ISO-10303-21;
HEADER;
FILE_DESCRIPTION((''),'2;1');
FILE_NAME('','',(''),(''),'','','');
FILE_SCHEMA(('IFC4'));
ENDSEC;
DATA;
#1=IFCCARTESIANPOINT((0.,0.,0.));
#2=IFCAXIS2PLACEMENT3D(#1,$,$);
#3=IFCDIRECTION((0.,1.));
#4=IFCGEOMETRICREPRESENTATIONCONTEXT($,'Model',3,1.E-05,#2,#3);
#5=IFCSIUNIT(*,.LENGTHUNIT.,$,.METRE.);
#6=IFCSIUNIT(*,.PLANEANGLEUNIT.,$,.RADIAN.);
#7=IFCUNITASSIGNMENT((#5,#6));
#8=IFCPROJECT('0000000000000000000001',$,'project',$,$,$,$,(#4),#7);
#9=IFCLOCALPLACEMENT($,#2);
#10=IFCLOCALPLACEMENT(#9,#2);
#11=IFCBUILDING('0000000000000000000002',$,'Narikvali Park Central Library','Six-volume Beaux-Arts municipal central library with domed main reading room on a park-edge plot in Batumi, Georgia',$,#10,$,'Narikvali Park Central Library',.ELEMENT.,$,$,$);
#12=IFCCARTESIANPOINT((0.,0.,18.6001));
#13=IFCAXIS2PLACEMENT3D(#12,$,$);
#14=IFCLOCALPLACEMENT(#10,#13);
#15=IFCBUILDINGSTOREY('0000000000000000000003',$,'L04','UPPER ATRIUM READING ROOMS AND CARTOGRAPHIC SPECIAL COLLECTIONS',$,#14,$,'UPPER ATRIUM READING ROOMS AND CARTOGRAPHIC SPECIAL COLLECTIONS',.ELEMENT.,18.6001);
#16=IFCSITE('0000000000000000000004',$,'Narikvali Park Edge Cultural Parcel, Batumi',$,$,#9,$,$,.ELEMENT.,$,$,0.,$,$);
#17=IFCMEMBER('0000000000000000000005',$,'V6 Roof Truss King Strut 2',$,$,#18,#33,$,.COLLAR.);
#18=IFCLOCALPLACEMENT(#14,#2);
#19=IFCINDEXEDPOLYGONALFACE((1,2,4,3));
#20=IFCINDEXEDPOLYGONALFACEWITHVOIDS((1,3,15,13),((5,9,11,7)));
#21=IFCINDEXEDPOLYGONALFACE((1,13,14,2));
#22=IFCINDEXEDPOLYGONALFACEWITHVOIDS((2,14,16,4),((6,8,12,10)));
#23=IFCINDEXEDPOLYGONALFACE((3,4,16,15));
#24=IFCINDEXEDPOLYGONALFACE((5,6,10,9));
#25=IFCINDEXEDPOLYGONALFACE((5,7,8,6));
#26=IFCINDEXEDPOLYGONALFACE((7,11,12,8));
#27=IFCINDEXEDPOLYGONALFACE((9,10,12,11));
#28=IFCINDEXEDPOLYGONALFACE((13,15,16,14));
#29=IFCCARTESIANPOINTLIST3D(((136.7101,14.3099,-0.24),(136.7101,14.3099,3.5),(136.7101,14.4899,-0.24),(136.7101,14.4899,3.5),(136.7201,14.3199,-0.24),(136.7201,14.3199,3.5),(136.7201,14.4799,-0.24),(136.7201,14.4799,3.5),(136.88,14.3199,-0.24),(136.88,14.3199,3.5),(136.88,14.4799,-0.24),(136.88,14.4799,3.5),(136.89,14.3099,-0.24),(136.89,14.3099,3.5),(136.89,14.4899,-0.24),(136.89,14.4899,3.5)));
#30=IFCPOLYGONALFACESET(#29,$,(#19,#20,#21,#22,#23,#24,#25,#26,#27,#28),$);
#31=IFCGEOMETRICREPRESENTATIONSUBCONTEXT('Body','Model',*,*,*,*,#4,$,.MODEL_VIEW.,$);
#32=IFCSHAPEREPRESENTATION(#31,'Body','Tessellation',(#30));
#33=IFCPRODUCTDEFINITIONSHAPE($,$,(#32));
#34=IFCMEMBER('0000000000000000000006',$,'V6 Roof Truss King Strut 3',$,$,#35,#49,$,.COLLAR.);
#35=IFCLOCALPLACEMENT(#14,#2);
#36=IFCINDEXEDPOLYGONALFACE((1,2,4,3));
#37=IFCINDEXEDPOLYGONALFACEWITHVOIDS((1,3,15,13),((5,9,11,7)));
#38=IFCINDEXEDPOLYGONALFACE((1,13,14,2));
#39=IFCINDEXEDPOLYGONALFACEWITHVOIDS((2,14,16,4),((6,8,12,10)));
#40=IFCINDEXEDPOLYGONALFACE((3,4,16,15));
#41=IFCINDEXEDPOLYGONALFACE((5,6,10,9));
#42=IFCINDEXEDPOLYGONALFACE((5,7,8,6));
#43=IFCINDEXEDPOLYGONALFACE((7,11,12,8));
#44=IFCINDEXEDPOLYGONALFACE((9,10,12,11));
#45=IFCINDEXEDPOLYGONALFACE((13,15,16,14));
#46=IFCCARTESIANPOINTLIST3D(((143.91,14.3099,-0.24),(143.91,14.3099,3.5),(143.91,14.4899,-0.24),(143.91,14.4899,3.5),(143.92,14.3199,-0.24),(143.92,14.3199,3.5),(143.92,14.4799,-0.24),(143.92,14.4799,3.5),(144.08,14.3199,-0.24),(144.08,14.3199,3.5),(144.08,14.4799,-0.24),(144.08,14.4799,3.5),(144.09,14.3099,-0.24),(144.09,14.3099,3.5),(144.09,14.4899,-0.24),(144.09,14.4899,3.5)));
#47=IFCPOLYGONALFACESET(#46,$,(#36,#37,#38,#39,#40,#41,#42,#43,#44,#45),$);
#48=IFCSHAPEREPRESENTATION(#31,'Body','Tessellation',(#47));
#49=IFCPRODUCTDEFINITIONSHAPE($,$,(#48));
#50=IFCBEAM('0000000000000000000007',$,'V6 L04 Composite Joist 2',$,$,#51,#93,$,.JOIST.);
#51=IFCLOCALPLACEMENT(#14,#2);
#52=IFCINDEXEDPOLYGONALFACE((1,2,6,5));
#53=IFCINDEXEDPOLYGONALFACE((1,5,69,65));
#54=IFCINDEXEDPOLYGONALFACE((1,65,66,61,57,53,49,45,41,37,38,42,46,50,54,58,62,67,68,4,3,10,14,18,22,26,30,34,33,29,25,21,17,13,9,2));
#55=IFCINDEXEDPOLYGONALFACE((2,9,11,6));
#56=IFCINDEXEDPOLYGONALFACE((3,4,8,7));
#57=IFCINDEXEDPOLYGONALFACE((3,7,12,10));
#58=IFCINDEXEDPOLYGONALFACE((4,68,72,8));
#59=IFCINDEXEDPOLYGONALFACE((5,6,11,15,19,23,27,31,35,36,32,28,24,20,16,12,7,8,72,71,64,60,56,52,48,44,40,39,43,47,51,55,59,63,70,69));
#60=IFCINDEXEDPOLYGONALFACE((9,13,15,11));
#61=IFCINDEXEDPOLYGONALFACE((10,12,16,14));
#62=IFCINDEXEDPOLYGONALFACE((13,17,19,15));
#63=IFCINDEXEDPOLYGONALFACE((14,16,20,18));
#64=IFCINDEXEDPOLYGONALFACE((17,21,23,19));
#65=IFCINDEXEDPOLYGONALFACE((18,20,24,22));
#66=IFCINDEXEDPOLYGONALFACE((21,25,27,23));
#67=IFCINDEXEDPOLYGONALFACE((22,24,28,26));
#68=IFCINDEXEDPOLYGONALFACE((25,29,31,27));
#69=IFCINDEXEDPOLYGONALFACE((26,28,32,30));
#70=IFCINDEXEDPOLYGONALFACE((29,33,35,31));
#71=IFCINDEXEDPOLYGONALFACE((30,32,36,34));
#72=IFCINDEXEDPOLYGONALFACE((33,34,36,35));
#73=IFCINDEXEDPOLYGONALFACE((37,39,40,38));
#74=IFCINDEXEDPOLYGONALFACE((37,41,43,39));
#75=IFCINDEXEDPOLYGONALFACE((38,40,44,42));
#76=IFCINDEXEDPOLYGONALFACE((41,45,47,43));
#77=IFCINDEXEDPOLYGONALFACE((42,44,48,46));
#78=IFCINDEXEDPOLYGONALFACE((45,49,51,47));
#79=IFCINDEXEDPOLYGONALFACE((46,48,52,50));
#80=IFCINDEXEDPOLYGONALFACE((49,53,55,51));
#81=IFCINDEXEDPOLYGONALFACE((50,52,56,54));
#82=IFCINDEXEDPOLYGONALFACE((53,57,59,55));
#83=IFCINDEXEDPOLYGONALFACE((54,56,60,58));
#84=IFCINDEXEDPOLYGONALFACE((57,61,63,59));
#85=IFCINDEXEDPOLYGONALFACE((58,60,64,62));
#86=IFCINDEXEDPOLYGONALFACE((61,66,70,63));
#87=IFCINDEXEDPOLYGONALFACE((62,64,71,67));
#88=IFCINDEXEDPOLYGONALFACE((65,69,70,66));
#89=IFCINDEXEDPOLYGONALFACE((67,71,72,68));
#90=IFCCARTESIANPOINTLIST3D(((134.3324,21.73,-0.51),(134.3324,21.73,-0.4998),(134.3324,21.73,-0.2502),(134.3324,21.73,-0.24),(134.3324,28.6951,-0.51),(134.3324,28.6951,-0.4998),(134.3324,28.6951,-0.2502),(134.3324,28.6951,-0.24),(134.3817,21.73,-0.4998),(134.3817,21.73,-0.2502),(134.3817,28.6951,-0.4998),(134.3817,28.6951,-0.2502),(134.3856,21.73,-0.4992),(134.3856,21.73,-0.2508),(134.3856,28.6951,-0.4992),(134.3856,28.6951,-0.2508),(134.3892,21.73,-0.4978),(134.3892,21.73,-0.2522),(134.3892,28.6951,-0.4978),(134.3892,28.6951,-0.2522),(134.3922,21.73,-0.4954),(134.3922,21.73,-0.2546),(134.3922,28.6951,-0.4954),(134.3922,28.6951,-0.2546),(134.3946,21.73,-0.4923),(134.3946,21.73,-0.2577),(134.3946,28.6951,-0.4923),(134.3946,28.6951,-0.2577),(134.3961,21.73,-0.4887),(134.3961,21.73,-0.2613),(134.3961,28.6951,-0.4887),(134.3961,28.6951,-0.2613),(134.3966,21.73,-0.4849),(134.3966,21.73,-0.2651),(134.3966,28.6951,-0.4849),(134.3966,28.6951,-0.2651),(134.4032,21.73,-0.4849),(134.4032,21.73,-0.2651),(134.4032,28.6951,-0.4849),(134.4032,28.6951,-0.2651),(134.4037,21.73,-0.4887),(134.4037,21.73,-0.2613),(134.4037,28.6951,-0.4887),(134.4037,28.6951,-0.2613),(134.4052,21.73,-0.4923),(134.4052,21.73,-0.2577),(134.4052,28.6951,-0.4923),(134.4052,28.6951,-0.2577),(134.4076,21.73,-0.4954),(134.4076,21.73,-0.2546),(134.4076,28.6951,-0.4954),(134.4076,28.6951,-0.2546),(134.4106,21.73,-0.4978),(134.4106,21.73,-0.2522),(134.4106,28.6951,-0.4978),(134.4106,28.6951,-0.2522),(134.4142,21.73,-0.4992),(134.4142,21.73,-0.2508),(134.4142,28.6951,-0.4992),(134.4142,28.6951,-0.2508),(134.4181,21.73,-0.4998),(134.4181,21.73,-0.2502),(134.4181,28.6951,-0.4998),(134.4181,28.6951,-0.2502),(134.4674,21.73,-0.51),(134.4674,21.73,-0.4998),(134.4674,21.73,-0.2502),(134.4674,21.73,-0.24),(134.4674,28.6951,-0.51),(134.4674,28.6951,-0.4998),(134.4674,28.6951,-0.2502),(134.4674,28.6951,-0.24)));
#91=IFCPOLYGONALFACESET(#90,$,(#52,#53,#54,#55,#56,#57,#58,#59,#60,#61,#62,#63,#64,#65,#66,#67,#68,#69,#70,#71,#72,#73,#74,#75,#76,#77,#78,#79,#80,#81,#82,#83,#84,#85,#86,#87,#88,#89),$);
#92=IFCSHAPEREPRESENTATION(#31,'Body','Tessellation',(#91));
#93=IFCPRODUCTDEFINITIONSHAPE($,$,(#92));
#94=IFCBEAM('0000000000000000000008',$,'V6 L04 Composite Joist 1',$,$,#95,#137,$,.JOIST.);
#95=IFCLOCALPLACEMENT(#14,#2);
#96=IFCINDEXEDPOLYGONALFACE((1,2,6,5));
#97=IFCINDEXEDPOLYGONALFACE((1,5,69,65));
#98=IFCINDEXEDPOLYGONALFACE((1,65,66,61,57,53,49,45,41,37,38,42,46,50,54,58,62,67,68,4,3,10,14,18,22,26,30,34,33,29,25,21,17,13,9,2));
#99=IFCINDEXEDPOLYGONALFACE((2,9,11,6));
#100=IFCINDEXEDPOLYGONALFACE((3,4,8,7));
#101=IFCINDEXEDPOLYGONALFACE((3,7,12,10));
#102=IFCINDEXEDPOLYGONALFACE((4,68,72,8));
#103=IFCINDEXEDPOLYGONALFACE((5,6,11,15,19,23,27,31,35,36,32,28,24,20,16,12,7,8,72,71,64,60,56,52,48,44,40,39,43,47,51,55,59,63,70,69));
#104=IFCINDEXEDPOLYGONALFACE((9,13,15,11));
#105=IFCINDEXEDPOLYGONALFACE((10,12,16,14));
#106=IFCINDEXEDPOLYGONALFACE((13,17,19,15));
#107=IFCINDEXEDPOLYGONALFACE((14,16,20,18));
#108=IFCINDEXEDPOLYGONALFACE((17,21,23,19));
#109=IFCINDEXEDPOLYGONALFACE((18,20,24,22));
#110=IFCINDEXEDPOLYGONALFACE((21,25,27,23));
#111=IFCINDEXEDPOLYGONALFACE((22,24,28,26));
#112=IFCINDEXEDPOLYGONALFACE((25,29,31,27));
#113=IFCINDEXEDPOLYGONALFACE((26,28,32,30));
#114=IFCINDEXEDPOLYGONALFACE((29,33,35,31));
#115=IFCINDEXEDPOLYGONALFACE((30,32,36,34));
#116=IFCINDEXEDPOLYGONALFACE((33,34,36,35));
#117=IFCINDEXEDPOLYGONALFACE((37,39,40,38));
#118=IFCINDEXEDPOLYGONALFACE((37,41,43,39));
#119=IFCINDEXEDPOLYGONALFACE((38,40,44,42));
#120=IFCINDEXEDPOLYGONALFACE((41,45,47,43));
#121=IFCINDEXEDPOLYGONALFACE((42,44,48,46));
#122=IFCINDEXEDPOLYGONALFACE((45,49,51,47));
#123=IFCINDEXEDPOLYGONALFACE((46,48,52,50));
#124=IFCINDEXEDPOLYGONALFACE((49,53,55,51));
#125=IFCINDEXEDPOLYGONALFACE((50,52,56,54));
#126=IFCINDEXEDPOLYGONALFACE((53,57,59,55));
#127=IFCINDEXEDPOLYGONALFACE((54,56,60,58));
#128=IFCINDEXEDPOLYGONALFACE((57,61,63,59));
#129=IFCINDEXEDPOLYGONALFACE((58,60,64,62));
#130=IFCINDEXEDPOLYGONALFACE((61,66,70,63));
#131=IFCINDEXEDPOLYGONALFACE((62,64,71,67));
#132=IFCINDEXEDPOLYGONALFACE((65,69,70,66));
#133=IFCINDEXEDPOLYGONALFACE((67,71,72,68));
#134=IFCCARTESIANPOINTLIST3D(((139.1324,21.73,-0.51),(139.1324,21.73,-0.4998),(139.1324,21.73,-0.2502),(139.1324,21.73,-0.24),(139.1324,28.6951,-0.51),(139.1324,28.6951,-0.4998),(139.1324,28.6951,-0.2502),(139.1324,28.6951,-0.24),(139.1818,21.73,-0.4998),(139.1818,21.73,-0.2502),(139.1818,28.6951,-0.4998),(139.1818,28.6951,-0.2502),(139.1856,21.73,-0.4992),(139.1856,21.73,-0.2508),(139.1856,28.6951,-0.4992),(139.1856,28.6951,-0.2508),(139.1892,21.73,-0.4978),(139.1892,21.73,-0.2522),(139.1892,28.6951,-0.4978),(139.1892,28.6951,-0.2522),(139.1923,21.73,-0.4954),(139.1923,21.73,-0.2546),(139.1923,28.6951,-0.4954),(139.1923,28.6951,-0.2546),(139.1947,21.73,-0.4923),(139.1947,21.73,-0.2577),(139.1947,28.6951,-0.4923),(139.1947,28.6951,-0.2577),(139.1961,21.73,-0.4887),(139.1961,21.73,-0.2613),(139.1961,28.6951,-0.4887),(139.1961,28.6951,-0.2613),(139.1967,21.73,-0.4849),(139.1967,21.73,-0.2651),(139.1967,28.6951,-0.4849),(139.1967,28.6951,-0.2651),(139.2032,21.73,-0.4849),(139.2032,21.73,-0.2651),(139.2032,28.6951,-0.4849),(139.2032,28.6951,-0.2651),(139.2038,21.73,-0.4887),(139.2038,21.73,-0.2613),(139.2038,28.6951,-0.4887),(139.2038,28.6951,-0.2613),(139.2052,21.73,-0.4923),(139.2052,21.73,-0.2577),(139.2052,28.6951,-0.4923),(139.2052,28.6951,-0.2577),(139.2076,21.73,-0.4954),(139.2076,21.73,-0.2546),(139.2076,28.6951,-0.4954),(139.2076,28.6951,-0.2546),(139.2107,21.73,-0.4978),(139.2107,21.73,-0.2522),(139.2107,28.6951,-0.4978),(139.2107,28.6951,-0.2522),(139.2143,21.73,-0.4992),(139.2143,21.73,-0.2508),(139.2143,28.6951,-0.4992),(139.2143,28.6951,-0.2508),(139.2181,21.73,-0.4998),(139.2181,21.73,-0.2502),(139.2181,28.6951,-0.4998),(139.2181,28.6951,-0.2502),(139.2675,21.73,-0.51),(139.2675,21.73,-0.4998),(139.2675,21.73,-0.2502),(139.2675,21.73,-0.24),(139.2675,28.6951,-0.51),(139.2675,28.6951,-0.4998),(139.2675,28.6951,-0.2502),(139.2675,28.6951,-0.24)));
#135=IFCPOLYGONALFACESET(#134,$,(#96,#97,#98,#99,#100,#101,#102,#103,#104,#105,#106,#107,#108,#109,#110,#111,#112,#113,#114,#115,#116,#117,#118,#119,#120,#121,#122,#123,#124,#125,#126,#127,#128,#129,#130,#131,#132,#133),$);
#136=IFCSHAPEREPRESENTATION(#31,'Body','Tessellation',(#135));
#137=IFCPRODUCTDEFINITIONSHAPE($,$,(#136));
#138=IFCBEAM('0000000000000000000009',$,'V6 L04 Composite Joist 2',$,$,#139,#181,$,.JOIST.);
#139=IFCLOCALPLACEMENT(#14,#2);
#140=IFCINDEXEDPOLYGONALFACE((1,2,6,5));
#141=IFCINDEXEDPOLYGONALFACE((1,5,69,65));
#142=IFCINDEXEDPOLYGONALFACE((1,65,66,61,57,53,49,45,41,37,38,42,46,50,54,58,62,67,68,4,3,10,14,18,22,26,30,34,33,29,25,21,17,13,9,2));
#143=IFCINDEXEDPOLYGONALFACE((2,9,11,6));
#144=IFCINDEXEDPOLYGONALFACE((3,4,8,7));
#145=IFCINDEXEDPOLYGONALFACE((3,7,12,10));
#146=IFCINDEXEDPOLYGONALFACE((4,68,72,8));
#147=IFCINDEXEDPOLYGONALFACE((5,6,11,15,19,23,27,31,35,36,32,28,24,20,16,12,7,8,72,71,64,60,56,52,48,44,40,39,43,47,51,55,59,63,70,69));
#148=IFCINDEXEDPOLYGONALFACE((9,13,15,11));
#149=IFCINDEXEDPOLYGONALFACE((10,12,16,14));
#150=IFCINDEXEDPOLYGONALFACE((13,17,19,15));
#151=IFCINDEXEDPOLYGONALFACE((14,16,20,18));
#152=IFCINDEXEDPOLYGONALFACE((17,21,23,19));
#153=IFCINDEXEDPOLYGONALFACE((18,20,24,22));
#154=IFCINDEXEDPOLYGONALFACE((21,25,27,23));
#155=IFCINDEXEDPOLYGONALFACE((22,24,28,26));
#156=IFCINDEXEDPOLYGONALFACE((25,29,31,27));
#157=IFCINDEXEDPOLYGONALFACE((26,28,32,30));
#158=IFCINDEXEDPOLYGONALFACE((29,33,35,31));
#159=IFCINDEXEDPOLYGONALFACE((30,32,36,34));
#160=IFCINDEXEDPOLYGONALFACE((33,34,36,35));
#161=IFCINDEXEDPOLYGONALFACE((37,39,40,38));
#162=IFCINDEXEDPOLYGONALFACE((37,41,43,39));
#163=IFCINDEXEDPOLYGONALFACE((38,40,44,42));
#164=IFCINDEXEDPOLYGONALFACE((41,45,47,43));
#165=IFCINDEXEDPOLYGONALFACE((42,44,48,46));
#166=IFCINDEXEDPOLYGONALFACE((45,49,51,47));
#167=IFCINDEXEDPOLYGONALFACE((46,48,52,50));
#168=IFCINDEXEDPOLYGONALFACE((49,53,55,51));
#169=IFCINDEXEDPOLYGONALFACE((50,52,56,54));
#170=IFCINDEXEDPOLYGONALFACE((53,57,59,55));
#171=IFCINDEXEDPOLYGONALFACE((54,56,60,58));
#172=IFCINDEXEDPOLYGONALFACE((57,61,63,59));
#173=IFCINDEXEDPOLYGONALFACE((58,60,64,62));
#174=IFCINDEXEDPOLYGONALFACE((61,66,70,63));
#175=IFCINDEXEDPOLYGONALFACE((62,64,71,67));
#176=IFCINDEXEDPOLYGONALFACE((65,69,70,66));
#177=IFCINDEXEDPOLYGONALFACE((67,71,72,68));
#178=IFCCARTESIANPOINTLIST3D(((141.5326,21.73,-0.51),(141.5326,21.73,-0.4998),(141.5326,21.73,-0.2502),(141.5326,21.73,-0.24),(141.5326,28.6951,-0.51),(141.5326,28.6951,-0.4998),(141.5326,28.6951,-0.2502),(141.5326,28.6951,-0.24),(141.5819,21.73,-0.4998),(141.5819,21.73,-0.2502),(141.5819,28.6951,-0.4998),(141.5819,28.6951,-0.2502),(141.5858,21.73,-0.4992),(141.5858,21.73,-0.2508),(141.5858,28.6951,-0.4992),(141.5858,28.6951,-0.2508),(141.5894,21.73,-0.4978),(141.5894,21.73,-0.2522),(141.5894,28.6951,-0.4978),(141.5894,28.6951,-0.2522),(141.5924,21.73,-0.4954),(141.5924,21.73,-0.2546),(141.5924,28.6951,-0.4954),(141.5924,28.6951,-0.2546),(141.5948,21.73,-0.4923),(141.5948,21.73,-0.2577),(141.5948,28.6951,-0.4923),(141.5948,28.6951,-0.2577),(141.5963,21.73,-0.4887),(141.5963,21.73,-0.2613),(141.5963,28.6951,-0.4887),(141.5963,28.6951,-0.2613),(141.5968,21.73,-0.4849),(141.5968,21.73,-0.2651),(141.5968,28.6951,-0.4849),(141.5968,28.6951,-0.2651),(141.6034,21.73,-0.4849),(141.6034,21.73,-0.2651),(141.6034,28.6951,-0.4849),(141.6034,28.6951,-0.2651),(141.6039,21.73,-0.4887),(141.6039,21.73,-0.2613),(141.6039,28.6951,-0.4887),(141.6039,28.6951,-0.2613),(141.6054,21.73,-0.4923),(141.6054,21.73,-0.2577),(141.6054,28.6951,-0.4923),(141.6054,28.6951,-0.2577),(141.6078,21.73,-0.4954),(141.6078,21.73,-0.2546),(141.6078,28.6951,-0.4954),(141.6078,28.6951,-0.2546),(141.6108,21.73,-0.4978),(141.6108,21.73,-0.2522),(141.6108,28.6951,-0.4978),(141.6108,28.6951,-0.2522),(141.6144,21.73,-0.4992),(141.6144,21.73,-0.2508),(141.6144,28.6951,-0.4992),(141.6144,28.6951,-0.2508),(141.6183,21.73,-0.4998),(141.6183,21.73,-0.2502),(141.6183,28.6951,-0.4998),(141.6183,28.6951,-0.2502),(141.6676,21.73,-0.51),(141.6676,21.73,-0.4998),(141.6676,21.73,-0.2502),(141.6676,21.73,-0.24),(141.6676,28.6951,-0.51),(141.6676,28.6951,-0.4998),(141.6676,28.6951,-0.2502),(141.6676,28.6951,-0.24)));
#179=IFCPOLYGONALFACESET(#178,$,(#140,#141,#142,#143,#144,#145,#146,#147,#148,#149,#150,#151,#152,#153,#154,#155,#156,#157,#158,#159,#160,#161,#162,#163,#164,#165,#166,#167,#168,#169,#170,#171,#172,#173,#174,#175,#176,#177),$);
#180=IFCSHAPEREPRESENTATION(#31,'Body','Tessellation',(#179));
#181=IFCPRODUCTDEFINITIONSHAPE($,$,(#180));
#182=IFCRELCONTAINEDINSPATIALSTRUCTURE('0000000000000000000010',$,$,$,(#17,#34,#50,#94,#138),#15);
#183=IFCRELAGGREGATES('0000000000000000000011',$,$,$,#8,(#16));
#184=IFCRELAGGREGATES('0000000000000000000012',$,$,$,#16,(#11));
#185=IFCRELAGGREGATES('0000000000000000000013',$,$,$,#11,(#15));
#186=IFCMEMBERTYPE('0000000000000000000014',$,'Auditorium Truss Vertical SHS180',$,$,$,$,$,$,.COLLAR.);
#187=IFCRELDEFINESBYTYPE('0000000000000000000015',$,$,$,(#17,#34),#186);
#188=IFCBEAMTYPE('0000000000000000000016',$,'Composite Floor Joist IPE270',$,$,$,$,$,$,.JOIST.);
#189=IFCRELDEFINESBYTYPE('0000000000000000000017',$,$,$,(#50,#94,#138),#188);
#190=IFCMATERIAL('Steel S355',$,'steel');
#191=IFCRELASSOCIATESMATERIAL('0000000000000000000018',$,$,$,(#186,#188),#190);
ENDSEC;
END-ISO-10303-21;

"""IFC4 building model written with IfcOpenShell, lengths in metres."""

from ifc_helpers import new_model, si_unit, direction, frame, origin, origin_2d, place, context, subcontext, project, spatial, hollow_rectangle, i_section, extrude, material, material_profile, profile_set, type_object, element, save


model = new_model("IFC4")

# Units and contexts
model_context = context("Model", 3, precision=1e-05, world=origin(), true_north=direction((0.0, 1.0)))
body_context = subcontext(model_context, "Body", "Model", "MODEL_VIEW")
ifc_project = project(units=[si_unit("LENGTHUNIT", "METRE"), si_unit("PLANEANGLEUNIT", "RADIAN")], contexts=[model_context])

# Site, building, storey
site_placement = place(None, origin())
site = spatial("IfcSite", under=ifc_project, at=site_placement, Name="Narikvali Park Edge Cultural Parcel, Batumi", CompositionType="ELEMENT", RefElevation=0.0)
building_placement = place(site_placement, origin())
building = spatial("IfcBuilding", under=site, at=building_placement, Name="Narikvali Park Central Library", Description="Six-volume Beaux-Arts municipal central library with domed main reading room on a park-edge plot in Batumi, Georgia", LongName="Narikvali Park Central Library", CompositionType="ELEMENT")
storey_placement = place(building_placement, frame((0.0, 0.0, 18.6001)))
storey = spatial("IfcBuildingStorey", under=building, at=storey_placement, Name="L04", Description="UPPER ATRIUM READING ROOMS AND CARTOGRAPHIC SPECIAL COLLECTIONS", LongName="UPPER ATRIUM READING ROOMS AND CARTOGRAPHIC SPECIAL COLLECTIONS", CompositionType="ELEMENT", Elevation=18.6001)

# Members
ifc_material = material(Name="Steel S355", Category="steel")
ifc_material_profile_1 = material_profile(ifc_material, hollow_rectangle(XDim=0.1799, YDim=0.1799, WallThickness=0.01, at=origin_2d()), Name="SHS 180x180x10")
ifc_profile_set_1 = profile_set([ifc_material_profile_1], Name="Steel S355")
member_type_1 = type_object("IfcMemberType", Name="Auditorium Truss Vertical SHS180", PredefinedType="COLLAR", material=ifc_profile_set_1)
for number, where, z_axis, x_axis, name in (
    (1, (136.8, 14.3999, -0.24), (0.0, 0.0, 1.0), (1.0, 0.0, 0.0), "V6 Roof Truss King Strut 2"),
    (2, (144.0, 14.3999, -0.24), (0.0, 0.0, 1.0), (1.0, 0.0, 0.0), "V6 Roof Truss King Strut 3"),
):
    element("IfcMember", number, at=place(storey_placement, frame(where, z_axis=z_axis, x_axis=x_axis)), inside=storey, type_object=member_type_1, Name=name, PredefinedType="COLLAR", context=body_context, shape_type="SweptSolid", body=[
        extrude(hollow_rectangle(XDim=0.1799, YDim=0.1799, WallThickness=0.01, at=origin_2d()), origin(), (0.0, 0.0, 1.0), 3.74),
    ])

# Beams
ifc_material_profile_2 = material_profile(ifc_material, i_section(OverallWidth=0.135, OverallDepth=0.27, WebThickness=0.0066, FlangeThickness=0.0103, FilletRadius=0.0149, at=origin_2d()), Name="IPE 270")
ifc_profile_set_2 = profile_set([ifc_material_profile_2], Name="Steel S355")
beam_type_1 = type_object("IfcBeamType", Name="Composite Floor Joist IPE270", PredefinedType="JOIST", material=ifc_profile_set_2)
for number, where, z_axis, x_axis, name in (
    (3, (134.3999, 21.73, -0.375), (0.0, 1.0, 0.0), (-1.0, 0.0, 0.0), "V6 L04 Composite Joist 2"),
    (4, (139.2, 21.73, -0.375), (0.0, 1.0, 0.0), (-1.0, 0.0, 0.0), "V6 L04 Composite Joist 1"),
    (5, (141.6001, 21.73, -0.375), (0.0, 1.0, 0.0), (-1.0, 0.0, 0.0), "V6 L04 Composite Joist 2"),
):
    element("IfcBeam", number, at=place(storey_placement, frame(where, z_axis=z_axis, x_axis=x_axis)), inside=storey, type_object=beam_type_1, Name=name, PredefinedType="JOIST", context=body_context, shape_type="SweptSolid", body=[
        extrude(i_section(OverallWidth=0.135, OverallDepth=0.27, WebThickness=0.0066, FlangeThickness=0.0103, FilletRadius=0.0149, at=origin_2d()), origin(), (0.0, 0.0, 1.0), 6.9651),
    ])

save(model, "model.ifc")
